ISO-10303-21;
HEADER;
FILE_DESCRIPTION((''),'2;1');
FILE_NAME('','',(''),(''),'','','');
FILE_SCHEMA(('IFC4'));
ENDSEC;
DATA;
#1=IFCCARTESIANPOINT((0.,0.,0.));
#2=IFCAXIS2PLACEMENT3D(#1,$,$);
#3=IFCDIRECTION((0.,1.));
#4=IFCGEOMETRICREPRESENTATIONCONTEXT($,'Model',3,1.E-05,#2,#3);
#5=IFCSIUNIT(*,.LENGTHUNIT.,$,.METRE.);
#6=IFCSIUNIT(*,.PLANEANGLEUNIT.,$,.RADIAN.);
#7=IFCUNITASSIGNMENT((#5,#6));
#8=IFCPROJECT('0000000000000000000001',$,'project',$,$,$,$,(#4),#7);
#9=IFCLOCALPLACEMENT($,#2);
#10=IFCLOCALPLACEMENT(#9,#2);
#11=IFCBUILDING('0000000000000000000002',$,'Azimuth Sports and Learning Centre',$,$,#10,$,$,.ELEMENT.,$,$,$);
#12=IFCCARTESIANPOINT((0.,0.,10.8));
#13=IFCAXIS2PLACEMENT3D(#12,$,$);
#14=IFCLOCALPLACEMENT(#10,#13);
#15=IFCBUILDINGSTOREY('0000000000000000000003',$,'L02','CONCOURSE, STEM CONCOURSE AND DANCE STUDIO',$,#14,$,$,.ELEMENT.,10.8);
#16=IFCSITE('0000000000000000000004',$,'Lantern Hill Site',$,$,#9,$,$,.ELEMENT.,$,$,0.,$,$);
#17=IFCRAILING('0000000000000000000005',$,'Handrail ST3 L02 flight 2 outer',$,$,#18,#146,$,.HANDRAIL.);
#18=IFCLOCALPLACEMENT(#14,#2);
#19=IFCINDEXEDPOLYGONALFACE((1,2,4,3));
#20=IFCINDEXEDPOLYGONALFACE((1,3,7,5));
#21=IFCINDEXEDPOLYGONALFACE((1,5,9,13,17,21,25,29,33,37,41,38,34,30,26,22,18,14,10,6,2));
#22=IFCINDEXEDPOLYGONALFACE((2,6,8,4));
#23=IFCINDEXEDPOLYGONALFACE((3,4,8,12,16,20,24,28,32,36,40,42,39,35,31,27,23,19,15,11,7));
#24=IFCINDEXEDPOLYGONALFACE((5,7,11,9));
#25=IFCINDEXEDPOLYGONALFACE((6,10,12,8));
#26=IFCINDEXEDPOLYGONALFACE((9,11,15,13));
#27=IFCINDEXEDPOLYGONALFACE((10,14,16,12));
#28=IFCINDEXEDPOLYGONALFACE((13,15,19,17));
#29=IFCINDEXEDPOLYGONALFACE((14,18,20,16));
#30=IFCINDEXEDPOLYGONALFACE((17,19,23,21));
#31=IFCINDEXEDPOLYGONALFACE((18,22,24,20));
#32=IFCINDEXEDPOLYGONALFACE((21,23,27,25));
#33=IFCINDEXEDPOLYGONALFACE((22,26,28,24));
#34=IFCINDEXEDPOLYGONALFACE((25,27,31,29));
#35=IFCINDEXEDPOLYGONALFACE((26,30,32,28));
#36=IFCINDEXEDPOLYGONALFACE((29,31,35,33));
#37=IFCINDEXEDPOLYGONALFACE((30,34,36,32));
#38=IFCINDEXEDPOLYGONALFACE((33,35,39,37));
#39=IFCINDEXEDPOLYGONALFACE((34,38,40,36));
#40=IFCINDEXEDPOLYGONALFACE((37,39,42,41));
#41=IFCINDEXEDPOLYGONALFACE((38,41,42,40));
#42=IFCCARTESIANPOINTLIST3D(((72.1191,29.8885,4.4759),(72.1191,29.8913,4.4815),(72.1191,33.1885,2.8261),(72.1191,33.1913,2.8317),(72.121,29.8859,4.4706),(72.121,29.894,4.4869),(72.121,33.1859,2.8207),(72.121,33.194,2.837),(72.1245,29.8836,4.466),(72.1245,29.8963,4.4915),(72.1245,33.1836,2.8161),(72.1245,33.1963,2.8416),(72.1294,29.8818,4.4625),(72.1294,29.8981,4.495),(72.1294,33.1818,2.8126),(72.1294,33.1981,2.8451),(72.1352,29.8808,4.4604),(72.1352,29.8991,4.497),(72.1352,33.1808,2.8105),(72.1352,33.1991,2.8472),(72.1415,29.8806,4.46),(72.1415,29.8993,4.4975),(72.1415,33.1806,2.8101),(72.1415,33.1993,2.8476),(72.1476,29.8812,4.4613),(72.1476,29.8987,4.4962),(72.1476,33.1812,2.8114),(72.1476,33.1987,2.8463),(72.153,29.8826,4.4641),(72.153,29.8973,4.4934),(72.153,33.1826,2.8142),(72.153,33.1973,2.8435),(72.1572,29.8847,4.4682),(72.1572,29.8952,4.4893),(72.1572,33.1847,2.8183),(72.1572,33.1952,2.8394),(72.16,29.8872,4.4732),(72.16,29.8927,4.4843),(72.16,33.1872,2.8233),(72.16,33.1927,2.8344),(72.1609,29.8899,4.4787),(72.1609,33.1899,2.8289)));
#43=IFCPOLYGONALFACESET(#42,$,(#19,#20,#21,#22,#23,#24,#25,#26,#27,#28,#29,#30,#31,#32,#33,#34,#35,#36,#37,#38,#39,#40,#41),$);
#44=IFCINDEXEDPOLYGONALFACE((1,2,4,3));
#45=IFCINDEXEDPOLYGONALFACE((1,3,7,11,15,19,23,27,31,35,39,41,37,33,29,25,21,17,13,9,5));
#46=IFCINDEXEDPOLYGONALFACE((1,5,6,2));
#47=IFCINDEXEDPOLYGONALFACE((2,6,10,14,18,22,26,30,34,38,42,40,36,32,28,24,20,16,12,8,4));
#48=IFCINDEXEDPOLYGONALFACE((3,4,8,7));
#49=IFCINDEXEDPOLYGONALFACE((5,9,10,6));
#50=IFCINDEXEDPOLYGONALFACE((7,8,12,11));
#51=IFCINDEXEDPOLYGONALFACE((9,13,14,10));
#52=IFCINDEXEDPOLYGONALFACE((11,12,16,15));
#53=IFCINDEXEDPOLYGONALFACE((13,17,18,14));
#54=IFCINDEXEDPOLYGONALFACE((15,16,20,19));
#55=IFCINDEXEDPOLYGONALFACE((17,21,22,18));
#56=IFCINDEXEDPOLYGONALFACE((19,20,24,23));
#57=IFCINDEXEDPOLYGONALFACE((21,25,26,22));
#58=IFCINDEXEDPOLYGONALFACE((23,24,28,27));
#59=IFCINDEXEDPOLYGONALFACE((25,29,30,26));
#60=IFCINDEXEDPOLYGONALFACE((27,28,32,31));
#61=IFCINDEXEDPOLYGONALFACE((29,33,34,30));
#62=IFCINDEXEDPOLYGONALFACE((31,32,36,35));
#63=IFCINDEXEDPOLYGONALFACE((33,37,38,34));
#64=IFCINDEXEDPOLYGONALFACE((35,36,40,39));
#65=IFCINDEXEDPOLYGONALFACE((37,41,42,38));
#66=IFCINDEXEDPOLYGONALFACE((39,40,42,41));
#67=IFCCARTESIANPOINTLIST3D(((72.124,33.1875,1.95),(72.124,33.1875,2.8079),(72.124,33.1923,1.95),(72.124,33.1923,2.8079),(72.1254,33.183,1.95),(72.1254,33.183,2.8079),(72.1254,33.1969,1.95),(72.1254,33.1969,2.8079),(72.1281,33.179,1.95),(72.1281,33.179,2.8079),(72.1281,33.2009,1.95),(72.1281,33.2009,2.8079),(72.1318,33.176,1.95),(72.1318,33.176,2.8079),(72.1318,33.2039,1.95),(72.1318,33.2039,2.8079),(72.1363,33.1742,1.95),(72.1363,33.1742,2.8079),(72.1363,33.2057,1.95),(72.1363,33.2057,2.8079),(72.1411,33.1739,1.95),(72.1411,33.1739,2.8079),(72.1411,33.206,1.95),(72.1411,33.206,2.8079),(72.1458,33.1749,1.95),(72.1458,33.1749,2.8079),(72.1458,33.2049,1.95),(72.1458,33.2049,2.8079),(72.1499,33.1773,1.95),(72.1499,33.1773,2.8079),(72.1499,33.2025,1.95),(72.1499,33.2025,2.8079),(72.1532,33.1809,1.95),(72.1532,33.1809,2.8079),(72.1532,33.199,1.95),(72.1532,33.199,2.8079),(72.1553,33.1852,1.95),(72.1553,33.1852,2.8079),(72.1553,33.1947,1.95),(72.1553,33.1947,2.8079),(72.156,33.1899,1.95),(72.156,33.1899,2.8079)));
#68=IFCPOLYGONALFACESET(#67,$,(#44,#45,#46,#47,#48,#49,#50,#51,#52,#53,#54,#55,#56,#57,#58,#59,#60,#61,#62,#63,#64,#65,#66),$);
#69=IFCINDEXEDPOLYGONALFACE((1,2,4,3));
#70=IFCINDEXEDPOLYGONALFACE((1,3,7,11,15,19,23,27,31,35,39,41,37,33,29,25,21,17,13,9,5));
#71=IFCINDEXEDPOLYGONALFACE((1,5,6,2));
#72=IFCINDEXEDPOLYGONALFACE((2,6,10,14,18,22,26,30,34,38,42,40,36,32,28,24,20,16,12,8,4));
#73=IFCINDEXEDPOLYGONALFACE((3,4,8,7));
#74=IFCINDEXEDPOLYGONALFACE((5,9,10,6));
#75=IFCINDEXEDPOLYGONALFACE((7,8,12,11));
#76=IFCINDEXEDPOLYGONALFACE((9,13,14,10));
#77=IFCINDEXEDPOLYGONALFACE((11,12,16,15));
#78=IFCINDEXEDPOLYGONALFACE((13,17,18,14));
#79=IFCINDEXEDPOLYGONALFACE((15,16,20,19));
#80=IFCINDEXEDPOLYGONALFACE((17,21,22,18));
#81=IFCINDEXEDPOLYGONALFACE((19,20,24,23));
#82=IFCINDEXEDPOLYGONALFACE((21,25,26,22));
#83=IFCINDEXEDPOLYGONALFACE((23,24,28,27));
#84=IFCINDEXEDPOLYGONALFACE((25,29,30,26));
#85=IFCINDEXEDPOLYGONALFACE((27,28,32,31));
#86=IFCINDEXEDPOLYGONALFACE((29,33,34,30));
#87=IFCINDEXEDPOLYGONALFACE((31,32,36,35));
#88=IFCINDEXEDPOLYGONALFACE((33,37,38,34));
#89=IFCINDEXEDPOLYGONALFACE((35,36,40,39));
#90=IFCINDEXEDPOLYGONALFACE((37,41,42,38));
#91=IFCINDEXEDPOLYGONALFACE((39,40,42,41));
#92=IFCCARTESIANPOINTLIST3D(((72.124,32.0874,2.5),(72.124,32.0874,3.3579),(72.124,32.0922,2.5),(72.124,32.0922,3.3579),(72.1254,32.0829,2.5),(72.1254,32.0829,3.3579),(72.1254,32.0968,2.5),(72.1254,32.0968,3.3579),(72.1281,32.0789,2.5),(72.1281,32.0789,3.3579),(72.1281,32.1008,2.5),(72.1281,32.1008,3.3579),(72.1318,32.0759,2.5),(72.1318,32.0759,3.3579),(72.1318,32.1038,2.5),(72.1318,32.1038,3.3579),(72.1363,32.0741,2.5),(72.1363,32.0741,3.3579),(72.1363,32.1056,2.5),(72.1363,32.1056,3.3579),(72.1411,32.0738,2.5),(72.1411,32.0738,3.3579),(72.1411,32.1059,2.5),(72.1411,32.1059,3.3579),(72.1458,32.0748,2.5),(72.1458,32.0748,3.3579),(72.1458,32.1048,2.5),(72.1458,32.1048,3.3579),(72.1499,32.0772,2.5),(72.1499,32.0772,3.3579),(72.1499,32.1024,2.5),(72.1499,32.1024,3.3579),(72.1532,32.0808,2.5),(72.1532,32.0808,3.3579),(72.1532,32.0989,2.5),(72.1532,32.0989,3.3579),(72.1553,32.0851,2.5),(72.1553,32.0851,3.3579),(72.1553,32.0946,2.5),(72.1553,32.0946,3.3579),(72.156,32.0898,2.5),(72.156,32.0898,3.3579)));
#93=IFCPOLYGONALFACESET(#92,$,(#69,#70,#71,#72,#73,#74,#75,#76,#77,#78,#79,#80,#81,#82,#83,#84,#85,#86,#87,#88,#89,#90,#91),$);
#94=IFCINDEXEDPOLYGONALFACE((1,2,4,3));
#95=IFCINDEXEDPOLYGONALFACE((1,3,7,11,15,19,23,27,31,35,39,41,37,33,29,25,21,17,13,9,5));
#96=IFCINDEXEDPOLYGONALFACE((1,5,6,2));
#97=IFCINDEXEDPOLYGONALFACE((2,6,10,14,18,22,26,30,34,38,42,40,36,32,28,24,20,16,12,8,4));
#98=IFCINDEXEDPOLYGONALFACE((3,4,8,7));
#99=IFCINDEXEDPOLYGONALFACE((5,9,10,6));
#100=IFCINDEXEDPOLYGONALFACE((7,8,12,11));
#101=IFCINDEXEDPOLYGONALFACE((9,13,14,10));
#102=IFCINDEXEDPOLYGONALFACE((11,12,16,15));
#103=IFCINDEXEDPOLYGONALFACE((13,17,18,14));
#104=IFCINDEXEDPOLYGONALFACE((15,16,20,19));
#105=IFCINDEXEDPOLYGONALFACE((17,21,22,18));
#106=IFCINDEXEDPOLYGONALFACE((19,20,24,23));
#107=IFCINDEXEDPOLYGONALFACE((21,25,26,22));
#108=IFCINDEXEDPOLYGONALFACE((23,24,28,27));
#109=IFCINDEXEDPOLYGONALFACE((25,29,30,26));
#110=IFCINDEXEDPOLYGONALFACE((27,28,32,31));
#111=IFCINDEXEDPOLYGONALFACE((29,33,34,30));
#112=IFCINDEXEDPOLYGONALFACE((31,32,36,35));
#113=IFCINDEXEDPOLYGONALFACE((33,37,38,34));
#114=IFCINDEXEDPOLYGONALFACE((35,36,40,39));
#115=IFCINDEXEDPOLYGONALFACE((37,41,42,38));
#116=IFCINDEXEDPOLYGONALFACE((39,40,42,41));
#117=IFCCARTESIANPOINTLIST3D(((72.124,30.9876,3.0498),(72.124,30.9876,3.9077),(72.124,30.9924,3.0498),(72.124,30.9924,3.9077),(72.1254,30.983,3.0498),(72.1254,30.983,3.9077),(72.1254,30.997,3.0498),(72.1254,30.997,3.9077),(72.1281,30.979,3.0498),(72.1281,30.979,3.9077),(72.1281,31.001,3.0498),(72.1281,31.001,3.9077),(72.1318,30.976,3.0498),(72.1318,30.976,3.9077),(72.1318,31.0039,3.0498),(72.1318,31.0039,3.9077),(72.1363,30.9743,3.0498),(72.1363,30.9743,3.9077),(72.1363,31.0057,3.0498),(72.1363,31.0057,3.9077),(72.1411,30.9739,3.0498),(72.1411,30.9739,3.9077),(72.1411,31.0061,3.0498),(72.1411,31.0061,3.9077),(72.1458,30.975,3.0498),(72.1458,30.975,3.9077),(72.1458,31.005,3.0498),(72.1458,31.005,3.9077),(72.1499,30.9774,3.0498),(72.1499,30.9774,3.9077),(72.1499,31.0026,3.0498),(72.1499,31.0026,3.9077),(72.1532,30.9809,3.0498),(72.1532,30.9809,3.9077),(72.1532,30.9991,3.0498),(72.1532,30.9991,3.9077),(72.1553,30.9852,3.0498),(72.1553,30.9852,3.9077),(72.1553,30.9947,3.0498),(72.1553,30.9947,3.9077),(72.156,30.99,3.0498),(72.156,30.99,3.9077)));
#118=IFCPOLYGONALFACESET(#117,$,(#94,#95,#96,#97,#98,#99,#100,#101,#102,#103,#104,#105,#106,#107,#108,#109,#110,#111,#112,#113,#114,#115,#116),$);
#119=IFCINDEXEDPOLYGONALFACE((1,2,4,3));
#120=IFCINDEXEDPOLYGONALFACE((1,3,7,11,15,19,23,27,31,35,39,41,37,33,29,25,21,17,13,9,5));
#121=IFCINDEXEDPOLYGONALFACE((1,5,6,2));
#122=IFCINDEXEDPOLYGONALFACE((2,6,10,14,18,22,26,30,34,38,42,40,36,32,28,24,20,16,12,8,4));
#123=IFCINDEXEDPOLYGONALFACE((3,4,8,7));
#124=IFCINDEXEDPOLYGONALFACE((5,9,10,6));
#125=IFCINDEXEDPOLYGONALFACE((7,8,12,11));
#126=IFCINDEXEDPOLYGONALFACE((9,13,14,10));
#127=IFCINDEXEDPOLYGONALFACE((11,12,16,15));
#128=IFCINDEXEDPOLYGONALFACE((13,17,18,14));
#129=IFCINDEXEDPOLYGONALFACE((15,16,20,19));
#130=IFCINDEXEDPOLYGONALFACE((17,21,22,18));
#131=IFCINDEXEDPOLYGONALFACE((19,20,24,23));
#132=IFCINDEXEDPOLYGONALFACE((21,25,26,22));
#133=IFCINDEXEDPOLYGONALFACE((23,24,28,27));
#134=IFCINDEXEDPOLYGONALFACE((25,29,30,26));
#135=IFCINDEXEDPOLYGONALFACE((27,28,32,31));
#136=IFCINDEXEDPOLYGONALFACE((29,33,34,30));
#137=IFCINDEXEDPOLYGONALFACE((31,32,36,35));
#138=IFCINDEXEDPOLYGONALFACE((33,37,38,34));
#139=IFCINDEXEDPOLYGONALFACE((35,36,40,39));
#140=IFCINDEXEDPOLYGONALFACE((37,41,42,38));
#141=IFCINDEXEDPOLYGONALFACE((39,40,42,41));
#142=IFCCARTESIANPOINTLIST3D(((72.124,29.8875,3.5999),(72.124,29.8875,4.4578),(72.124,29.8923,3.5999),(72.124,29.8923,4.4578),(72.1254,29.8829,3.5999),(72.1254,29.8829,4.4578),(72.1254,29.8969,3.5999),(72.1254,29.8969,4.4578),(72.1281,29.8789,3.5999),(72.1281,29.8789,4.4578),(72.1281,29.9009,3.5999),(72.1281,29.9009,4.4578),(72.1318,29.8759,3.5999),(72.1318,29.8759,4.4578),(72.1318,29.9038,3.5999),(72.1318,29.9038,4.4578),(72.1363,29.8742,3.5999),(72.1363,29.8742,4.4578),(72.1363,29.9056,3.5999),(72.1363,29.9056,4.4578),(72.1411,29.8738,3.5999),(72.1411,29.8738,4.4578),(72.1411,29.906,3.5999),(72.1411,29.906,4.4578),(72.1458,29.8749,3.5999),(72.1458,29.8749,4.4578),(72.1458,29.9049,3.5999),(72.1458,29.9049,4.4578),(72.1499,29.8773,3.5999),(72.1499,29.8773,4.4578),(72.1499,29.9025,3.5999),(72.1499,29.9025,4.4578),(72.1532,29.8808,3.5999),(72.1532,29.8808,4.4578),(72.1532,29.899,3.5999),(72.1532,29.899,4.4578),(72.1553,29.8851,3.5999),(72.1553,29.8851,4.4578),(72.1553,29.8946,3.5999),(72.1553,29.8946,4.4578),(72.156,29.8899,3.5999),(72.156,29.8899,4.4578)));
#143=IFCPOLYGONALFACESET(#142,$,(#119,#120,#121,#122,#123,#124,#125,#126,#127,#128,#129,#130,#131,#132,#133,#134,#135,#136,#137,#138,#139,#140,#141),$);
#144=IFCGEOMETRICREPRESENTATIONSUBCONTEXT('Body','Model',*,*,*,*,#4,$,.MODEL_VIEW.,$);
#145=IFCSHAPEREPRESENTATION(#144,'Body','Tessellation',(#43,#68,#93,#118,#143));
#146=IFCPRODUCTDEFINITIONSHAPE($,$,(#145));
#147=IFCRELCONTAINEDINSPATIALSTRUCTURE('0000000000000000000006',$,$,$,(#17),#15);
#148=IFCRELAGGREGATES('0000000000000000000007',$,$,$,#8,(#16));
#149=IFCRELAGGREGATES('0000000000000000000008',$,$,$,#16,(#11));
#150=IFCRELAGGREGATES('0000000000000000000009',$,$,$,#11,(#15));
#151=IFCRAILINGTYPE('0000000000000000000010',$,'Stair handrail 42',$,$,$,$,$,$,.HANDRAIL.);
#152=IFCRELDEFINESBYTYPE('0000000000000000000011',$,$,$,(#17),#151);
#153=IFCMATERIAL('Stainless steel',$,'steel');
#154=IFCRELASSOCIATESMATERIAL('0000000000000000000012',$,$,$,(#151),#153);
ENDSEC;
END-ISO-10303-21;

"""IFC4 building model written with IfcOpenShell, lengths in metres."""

from ifc_helpers import new_model, si_unit, direction, frame, origin, origin_2d, place, context, subcontext, project, spatial, circle, extrude, material, type_object, element, save


model = new_model("IFC4")

# Units and contexts
model_context = context("Model", 3, precision=1e-05, world=origin(), true_north=direction((0.0, 1.0)))
body_context = subcontext(model_context, "Body", "Model", "MODEL_VIEW")
ifc_project = project(units=[si_unit("LENGTHUNIT", "METRE"), si_unit("PLANEANGLEUNIT", "RADIAN")], contexts=[model_context])

# Site, building, storey
site_placement = place(None, origin())
site = spatial("IfcSite", under=ifc_project, at=site_placement, Name="Lantern Hill Site", CompositionType="ELEMENT", RefElevation=0.0)
building_placement = place(site_placement, origin())
building = spatial("IfcBuilding", under=site, at=building_placement, Name="Azimuth Sports and Learning Centre", CompositionType="ELEMENT")
storey_placement = place(building_placement, frame((0.0, 0.0, 10.8)))
storey = spatial("IfcBuildingStorey", under=building, at=storey_placement, Name="L02", Description="CONCOURSE, STEM CONCOURSE AND DANCE STUDIO", CompositionType="ELEMENT", Elevation=10.8)

# Railing
ifc_material_1 = material(Name="Stainless steel", Category="steel")
railing_type_1 = type_object("IfcRailingType", Name="Stair handrail 42", PredefinedType="HANDRAIL", material=ifc_material_1)
for number, where, name in (
    (1, (72.1399, 33.1899, 1.95), "Handrail ST3 L02 flight 2 outer"),
):
    element("IfcRailing", number, at=place(storey_placement, frame(where)), inside=storey, type_object=railing_type_1, Name=name, PredefinedType="HANDRAIL", context=body_context, shape_type="SweptSolid", body=[
        extrude(circle(Radius=0.021, at=origin_2d()), frame((0.0, 0.0, 0.8789), z_axis=(0.0, -0.89444, 0.447187), x_axis=(1.0, 0.0, 0.0)), (0.0, 0.0, 1.0), 3.6895),
        extrude(circle(Radius=0.0161, at=origin_2d()), origin(), (0.0, 0.0, 1.0), 0.8579),
        extrude(circle(Radius=0.0161, at=origin_2d()), frame((0.0, -1.1001, 0.55)), (0.0, 0.0, 1.0), 0.8579),
        extrude(circle(Radius=0.0161, at=origin_2d()), frame((0.0, -2.2, 1.0999)), (0.0, 0.0, 1.0), 0.8579),
        extrude(circle(Radius=0.0161, at=origin_2d()), frame((0.0, -3.3, 1.6499)), (0.0, 0.0, 1.0), 0.8579),
    ])

save(model, "model.ifc")
